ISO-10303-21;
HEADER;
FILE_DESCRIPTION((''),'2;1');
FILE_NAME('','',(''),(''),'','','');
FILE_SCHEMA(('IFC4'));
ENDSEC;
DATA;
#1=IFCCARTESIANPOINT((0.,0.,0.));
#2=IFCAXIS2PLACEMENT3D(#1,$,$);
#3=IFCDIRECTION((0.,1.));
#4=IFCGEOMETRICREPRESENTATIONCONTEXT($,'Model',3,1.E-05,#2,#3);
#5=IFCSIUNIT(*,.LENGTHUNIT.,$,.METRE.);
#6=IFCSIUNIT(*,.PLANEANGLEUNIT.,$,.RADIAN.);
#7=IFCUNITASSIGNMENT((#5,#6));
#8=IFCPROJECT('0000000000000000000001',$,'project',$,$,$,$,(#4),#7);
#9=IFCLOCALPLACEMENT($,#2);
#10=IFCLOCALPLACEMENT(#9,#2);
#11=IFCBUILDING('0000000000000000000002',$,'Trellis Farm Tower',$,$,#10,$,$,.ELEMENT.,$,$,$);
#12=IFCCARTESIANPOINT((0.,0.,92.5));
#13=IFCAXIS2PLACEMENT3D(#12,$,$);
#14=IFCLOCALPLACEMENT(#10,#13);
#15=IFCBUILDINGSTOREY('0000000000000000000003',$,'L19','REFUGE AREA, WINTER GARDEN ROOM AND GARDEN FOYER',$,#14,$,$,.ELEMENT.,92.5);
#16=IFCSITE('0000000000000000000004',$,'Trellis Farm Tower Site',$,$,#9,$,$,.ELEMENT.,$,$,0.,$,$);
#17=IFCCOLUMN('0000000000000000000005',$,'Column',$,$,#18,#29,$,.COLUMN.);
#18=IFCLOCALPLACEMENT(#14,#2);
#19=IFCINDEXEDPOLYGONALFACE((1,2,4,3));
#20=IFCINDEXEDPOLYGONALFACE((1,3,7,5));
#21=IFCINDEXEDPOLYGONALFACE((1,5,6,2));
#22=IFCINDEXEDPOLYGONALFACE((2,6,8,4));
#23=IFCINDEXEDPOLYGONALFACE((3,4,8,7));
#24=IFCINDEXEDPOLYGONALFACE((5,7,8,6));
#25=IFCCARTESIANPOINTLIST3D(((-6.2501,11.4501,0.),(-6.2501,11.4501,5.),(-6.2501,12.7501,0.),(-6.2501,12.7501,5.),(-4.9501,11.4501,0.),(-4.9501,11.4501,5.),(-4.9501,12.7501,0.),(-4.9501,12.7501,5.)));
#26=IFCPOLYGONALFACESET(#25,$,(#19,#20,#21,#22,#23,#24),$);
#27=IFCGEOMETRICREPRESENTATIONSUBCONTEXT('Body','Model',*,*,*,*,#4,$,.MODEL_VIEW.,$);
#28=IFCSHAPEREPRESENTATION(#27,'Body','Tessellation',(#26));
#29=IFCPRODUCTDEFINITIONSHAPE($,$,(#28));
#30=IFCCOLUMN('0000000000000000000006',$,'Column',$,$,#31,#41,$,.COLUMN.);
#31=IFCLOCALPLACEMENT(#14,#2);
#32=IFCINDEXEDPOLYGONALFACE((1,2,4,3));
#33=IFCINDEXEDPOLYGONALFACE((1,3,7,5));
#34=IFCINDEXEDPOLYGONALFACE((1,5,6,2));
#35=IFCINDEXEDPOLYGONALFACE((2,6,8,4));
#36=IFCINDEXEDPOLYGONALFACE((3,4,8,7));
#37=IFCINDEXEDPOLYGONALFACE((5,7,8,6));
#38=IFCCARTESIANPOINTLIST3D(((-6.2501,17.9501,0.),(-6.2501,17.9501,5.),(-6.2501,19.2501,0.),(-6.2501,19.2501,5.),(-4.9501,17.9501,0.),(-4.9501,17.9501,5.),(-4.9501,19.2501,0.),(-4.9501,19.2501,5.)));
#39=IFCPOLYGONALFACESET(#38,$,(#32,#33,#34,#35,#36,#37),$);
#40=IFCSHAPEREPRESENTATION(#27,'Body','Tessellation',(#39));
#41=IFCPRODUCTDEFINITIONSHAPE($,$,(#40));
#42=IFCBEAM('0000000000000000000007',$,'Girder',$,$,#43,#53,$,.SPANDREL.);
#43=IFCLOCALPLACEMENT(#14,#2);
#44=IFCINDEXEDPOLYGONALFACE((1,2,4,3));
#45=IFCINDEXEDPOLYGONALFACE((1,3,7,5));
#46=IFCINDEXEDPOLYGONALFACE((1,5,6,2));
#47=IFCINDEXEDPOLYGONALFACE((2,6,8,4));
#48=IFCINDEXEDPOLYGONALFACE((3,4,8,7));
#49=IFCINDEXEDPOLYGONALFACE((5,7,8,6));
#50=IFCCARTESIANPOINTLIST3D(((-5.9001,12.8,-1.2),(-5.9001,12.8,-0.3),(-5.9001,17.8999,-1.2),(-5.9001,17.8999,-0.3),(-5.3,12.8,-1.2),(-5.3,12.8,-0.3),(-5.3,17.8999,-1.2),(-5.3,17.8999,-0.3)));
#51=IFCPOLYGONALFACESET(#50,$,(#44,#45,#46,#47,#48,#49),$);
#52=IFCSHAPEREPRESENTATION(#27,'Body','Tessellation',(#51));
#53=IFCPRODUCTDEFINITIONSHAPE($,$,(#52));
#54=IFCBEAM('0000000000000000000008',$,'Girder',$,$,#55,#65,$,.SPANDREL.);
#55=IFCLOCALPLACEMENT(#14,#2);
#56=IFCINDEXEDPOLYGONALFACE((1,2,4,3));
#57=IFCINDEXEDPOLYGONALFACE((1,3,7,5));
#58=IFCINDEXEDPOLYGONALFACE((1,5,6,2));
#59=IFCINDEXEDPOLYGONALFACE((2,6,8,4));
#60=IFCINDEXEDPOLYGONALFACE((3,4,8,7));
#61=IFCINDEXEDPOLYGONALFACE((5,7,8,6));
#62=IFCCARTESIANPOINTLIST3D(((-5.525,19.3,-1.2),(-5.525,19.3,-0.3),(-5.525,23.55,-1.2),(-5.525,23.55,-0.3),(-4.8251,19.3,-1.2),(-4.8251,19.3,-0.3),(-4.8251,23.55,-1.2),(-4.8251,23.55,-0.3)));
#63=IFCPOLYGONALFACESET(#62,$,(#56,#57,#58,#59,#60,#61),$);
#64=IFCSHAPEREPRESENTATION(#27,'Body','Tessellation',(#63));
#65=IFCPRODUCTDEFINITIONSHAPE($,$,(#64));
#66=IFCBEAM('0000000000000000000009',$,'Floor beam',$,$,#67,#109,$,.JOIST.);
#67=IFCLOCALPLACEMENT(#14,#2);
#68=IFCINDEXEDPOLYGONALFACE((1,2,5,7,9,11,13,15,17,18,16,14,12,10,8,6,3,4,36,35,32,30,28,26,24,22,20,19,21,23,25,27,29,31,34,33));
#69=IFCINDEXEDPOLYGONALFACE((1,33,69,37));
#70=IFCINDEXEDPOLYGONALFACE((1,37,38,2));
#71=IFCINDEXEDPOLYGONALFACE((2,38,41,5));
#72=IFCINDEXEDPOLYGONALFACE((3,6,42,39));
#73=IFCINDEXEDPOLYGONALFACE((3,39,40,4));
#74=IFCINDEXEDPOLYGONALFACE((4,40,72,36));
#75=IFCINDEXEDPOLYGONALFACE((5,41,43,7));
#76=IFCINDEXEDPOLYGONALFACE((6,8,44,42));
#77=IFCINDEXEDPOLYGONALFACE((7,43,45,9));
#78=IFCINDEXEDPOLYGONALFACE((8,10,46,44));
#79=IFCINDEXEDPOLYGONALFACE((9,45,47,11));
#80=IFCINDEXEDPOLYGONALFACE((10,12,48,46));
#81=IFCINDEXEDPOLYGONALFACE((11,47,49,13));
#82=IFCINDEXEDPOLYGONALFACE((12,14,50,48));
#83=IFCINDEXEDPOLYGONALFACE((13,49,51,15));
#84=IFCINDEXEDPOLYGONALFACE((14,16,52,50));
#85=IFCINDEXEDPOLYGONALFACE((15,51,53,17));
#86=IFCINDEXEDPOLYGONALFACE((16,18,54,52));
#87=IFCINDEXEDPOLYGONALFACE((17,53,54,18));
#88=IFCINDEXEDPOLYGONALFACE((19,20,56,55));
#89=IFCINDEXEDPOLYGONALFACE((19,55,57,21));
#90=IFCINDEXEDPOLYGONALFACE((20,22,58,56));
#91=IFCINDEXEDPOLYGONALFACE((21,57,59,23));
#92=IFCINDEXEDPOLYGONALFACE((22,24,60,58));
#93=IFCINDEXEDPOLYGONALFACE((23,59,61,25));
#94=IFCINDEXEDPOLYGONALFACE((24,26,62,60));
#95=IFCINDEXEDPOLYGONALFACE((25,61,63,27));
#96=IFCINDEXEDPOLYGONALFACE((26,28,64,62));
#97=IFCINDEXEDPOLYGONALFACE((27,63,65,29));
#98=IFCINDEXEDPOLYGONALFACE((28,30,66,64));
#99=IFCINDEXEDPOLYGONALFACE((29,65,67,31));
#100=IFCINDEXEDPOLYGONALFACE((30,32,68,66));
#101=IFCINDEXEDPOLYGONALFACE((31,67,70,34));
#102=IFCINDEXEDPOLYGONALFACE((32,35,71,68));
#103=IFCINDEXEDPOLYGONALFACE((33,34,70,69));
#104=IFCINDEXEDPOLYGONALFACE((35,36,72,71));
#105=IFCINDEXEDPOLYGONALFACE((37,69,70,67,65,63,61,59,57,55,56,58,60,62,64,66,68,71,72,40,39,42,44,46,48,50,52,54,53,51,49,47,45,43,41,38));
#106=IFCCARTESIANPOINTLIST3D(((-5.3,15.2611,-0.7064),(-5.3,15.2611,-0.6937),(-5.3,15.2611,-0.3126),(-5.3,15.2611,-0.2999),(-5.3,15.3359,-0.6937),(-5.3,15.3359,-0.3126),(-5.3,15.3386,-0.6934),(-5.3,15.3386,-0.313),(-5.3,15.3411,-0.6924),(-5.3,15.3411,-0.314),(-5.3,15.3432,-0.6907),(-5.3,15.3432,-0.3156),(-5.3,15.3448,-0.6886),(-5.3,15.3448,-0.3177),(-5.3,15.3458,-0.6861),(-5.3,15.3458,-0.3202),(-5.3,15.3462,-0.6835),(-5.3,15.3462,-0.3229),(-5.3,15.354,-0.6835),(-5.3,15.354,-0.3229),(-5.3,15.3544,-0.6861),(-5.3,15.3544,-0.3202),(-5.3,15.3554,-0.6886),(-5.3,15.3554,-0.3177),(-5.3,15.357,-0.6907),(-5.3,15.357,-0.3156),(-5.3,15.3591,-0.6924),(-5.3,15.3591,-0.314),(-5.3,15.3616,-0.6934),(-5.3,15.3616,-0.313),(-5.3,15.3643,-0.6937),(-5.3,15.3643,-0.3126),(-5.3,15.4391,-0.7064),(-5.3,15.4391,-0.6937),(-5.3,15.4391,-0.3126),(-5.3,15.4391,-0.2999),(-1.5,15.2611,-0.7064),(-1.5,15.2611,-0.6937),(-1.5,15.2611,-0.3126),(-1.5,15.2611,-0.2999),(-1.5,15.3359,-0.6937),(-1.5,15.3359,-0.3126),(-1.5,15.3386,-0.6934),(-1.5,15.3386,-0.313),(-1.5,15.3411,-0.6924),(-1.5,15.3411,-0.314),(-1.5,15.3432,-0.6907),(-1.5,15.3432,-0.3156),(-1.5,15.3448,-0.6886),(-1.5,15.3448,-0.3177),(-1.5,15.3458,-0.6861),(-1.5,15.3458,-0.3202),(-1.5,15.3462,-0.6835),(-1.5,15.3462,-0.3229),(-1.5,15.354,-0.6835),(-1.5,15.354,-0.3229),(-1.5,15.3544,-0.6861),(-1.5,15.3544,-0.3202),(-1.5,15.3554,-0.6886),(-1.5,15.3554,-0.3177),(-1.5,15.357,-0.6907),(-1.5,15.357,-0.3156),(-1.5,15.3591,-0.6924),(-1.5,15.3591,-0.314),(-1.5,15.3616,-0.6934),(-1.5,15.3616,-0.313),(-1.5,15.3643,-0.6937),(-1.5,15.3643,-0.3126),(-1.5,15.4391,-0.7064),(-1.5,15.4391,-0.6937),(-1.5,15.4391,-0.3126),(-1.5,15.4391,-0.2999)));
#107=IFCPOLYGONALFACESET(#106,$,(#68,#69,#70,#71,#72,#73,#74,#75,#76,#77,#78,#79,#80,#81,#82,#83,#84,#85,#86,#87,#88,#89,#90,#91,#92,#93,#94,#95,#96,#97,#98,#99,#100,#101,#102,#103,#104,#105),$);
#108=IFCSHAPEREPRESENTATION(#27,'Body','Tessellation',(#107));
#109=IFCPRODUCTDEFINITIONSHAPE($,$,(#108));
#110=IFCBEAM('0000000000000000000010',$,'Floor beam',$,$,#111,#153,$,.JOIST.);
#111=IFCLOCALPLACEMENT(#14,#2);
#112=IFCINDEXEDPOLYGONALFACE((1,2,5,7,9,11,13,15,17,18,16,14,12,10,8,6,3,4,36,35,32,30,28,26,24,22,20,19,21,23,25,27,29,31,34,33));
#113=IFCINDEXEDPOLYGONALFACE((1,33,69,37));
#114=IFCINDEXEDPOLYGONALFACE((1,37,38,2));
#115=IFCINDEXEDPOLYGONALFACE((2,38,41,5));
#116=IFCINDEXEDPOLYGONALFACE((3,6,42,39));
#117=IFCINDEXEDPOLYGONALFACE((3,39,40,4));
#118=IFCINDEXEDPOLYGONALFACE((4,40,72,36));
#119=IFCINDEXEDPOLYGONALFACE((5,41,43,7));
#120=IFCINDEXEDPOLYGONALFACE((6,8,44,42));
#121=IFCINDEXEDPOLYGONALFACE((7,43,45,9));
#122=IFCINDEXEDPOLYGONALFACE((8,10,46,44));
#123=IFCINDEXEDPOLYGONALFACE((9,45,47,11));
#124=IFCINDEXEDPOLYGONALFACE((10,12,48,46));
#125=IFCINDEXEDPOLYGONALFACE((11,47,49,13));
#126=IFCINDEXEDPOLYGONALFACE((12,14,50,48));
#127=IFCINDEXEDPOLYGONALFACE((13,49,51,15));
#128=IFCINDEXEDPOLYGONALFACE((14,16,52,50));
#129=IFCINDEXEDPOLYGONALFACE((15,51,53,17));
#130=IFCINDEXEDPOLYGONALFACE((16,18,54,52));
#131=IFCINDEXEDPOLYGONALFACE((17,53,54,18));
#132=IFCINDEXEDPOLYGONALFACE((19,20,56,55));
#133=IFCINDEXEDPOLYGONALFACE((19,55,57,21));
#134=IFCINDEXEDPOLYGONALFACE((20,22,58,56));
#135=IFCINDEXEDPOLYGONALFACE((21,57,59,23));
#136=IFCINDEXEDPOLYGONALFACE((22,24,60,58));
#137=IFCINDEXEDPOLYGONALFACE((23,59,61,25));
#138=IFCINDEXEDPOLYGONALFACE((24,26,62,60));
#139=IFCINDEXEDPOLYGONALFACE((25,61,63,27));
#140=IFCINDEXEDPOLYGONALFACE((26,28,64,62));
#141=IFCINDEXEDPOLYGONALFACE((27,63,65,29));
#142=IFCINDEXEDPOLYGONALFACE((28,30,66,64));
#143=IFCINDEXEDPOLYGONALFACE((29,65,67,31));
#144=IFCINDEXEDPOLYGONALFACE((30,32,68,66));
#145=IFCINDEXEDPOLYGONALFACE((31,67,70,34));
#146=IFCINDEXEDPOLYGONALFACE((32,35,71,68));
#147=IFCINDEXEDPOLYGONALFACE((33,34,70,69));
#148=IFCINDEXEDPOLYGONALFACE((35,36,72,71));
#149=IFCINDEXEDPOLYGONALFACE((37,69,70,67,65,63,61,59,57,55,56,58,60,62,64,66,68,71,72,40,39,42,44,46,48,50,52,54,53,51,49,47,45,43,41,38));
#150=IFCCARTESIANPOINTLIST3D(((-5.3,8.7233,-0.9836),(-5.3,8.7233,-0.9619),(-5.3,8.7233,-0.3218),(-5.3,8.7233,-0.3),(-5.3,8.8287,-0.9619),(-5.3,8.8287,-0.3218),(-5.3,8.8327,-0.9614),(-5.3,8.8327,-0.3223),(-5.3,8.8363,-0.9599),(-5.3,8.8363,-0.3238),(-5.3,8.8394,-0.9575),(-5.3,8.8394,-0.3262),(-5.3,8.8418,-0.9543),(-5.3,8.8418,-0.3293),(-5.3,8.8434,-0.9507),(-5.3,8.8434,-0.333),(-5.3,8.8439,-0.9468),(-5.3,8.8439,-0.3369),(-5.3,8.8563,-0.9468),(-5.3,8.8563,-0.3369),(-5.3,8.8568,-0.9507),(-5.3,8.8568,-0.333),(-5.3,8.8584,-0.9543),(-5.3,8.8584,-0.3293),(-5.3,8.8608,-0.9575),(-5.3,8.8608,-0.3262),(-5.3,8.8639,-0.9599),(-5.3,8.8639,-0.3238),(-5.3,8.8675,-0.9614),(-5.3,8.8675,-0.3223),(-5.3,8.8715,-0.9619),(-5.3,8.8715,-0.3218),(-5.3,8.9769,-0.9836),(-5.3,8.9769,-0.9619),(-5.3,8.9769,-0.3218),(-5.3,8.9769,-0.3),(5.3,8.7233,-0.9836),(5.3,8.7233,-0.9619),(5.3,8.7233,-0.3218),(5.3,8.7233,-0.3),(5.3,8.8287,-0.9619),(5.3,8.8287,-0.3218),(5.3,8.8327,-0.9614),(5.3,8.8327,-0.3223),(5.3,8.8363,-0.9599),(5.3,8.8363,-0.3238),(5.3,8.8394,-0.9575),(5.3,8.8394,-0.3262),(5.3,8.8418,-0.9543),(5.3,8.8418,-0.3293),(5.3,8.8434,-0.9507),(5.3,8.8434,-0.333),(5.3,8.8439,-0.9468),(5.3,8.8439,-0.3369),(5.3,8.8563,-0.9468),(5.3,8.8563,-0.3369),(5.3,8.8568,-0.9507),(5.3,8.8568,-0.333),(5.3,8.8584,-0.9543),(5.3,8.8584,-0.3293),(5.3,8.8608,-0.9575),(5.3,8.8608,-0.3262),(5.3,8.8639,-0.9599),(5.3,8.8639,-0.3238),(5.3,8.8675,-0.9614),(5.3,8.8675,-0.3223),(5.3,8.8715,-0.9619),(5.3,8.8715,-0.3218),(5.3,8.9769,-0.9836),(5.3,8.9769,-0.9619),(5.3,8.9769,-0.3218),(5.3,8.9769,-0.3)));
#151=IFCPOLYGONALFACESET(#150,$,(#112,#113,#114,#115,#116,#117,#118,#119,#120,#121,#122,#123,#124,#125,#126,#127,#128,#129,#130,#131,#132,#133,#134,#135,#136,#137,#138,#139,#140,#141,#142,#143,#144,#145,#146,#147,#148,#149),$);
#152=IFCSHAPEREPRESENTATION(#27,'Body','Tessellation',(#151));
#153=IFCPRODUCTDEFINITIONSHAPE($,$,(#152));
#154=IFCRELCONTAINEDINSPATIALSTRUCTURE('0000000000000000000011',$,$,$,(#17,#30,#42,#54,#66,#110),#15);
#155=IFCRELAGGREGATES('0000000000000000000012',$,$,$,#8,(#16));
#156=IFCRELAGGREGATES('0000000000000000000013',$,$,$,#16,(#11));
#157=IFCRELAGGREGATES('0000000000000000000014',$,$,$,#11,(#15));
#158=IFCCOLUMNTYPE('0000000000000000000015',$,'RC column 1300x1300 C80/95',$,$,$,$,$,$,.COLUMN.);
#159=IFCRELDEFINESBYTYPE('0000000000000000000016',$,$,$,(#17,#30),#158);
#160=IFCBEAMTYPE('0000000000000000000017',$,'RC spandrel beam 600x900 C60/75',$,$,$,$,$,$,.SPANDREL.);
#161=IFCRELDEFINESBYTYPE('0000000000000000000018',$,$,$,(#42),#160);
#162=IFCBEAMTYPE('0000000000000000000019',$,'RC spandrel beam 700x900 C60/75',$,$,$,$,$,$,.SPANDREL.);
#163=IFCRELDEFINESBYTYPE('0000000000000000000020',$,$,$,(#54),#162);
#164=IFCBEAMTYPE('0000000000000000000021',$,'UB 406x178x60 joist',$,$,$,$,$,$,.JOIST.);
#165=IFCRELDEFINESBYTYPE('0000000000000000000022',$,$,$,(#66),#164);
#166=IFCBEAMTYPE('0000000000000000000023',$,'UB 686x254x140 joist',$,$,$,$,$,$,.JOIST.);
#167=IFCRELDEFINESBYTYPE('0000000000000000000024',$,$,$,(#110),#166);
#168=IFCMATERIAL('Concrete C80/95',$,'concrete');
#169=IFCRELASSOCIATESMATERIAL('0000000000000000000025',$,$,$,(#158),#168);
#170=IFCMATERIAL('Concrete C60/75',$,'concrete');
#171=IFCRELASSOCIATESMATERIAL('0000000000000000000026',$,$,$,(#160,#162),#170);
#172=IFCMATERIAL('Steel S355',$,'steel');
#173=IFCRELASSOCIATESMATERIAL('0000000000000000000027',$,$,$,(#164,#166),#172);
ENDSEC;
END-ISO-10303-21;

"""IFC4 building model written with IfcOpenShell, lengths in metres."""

from ifc_helpers import new_model, si_unit, direction, frame, origin, origin_2d, place, context, subcontext, project, spatial, rectangle, i_section, extrude, source, transform, mapped, material, material_profile, profile_set, type_object, element, save


model = new_model("IFC4")

# Units and contexts
model_context = context("Model", 3, precision=1e-05, world=origin(), true_north=direction((0.0, 1.0)))
body_context = subcontext(model_context, "Body", "Model", "MODEL_VIEW")
ifc_project = project(units=[si_unit("LENGTHUNIT", "METRE"), si_unit("PLANEANGLEUNIT", "RADIAN")], contexts=[model_context])

# Site, building, storey
site_placement = place(None, origin())
site = spatial("IfcSite", under=ifc_project, at=site_placement, Name="Trellis Farm Tower Site", CompositionType="ELEMENT", RefElevation=0.0)
building_placement = place(site_placement, origin())
building = spatial("IfcBuilding", under=site, at=building_placement, Name="Trellis Farm Tower", CompositionType="ELEMENT")
storey_placement = place(building_placement, frame((0.0, 0.0, 92.5)))
storey = spatial("IfcBuildingStorey", under=building, at=storey_placement, Name="L19", Description="REFUGE AREA, WINTER GARDEN ROOM AND GARDEN FOYER", CompositionType="ELEMENT", Elevation=92.5)

# Columns
ifc_material_1 = material(Name="Concrete C80/95", Category="concrete")
ifc_material_profile_1 = material_profile(ifc_material_1, rectangle(XDim=1.3, YDim=1.3, at=origin_2d()), Name="RC column 1300x1300 C80/95")
ifc_profile_set_1 = profile_set([ifc_material_profile_1], Name="Concrete C80/95")
column_type = type_object("IfcColumnType", Name="RC column 1300x1300 C80/95", PredefinedType="COLUMN", material=ifc_profile_set_1)
shared_shape_1 = source(origin(), body_context, "Body", "SweptSolid", [
    extrude(rectangle(XDim=1.3, YDim=1.3, at=origin_2d()), origin(), (0.0, 0.0, 1.0), 5.0),
])
for number, where, z_axis, x_axis, name in (
    (1, (-5.6001, 12.1001, 0.0), (0.0, 0.0, 1.0), (1.0, 0.0, 0.0), "Column"),
    (2, (-5.6001, 18.6001, 0.0), (0.0, 0.0, 1.0), (1.0, 0.0, 0.0), "Column"),
):
    element("IfcColumn", number, at=place(storey_placement, frame(where, z_axis=z_axis, x_axis=x_axis)), inside=storey, type_object=column_type, Name=name, PredefinedType="COLUMN", context=body_context, shape_type="MappedRepresentation", body=[
        mapped(shared_shape_1, transform((0.0, 0.0, 0.0))),
    ])

# Beams
ifc_material_2 = material(Name="Concrete C60/75", Category="concrete")
ifc_material_profile_2 = material_profile(ifc_material_2, rectangle(XDim=0.6001, YDim=0.8999, at=origin_2d()), Name="RC spandrel beam 600x900 C60/75")
ifc_profile_set_2 = profile_set([ifc_material_profile_2], Name="Concrete C60/75")
beam_type_1 = type_object("IfcBeamType", Name="RC spandrel beam 600x900 C60/75", PredefinedType="SPANDREL", material=ifc_profile_set_2)
shared_shape_2 = source(origin(), body_context, "Body", "SweptSolid", [
    extrude(rectangle(XDim=0.6001, YDim=0.8999, at=origin_2d()), origin(), (0.0, 0.0, 1.0), 5.0999),
])
beam_1_placement = place(storey_placement, frame((-5.6001, 12.8, -0.75), z_axis=(0.0, 1.0, 0.0), x_axis=(-1.0, 0.0, 0.0)))
element("IfcBeam", 3, at=beam_1_placement, inside=storey, type_object=beam_type_1, Name="Girder", PredefinedType="SPANDREL", context=body_context, shape_type="MappedRepresentation", body=[
    mapped(shared_shape_2, transform((0.0, 0.0, 0.0))),
])
ifc_material_profile_3 = material_profile(ifc_material_2, rectangle(XDim=0.7, YDim=0.8999, at=origin_2d()), Name="RC spandrel beam 700x900 C60/75")
ifc_profile_set_3 = profile_set([ifc_material_profile_3], Name="Concrete C60/75")
beam_type_2 = type_object("IfcBeamType", Name="RC spandrel beam 700x900 C60/75", PredefinedType="SPANDREL", material=ifc_profile_set_3)
shared_shape_3 = source(origin(), body_context, "Body", "SweptSolid", [
    extrude(rectangle(XDim=0.7, YDim=0.8999, at=origin_2d()), origin(), (0.0, 0.0, 1.0), 4.25),
])
beam_2_placement = place(storey_placement, frame((-5.175, 19.3, -0.75), z_axis=(0.0, 1.0, 0.0), x_axis=(-1.0, 0.0, 0.0)))
element("IfcBeam", 4, at=beam_2_placement, inside=storey, type_object=beam_type_2, Name="Girder", PredefinedType="SPANDREL", context=body_context, shape_type="MappedRepresentation", body=[
    mapped(shared_shape_3, transform((0.0, 0.0, 0.0))),
])
ifc_material_3 = material(Name="Steel S355", Category="steel")
ifc_material_profile_4 = material_profile(ifc_material_3, i_section(OverallWidth=0.178, OverallDepth=0.4065, WebThickness=0.0078, FlangeThickness=0.0127, FilletRadius=0.0103, at=origin_2d()), Name="UB 406x178x60")
ifc_profile_set_4 = profile_set([ifc_material_profile_4], Name="Steel S355")
beam_type_3 = type_object("IfcBeamType", Name="UB 406x178x60 joist", PredefinedType="JOIST", material=ifc_profile_set_4)
shared_shape_4 = source(origin(), body_context, "Body", "SweptSolid", [
    extrude(i_section(OverallWidth=0.178, OverallDepth=0.4065, WebThickness=0.0078, FlangeThickness=0.0127, FilletRadius=0.0103, at=origin_2d()), origin(), (0.0, 0.0, 1.0), 3.8),
])
beam_3_placement = place(storey_placement, frame((-5.3, 15.3501, -0.5032), z_axis=(1.0, 0.0, 0.0), x_axis=(0.0, 1.0, 0.0)))
element("IfcBeam", 5, at=beam_3_placement, inside=storey, type_object=beam_type_3, Name="Floor beam", PredefinedType="JOIST", context=body_context, shape_type="MappedRepresentation", body=[
    mapped(shared_shape_4, transform((0.0, 0.0, 0.0))),
])
ifc_material_profile_5 = material_profile(ifc_material_3, i_section(OverallWidth=0.2537, OverallDepth=0.6836, WebThickness=0.0125, FlangeThickness=0.0217, FilletRadius=0.0151, at=origin_2d()), Name="UB 686x254x140")
ifc_profile_set_5 = profile_set([ifc_material_profile_5], Name="Steel S355")
beam_type_4 = type_object("IfcBeamType", Name="UB 686x254x140 joist", PredefinedType="JOIST", material=ifc_profile_set_5)
shared_shape_5 = source(origin(), body_context, "Body", "SweptSolid", [
    extrude(i_section(OverallWidth=0.2537, OverallDepth=0.6836, WebThickness=0.0125, FlangeThickness=0.0217, FilletRadius=0.0151, at=origin_2d()), origin(), (0.0, 0.0, 1.0), 10.6001),
])
beam_4_placement = place(storey_placement, frame((-5.3, 8.8501, -0.6418), z_axis=(1.0, 0.0, 0.0), x_axis=(0.0, 1.0, 0.0)))
element("IfcBeam", 6, at=beam_4_placement, inside=storey, type_object=beam_type_4, Name="Floor beam", PredefinedType="JOIST", context=body_context, shape_type="MappedRepresentation", body=[
    mapped(shared_shape_5, transform((0.0, 0.0, 0.0))),
])

save(model, "model.ifc")
